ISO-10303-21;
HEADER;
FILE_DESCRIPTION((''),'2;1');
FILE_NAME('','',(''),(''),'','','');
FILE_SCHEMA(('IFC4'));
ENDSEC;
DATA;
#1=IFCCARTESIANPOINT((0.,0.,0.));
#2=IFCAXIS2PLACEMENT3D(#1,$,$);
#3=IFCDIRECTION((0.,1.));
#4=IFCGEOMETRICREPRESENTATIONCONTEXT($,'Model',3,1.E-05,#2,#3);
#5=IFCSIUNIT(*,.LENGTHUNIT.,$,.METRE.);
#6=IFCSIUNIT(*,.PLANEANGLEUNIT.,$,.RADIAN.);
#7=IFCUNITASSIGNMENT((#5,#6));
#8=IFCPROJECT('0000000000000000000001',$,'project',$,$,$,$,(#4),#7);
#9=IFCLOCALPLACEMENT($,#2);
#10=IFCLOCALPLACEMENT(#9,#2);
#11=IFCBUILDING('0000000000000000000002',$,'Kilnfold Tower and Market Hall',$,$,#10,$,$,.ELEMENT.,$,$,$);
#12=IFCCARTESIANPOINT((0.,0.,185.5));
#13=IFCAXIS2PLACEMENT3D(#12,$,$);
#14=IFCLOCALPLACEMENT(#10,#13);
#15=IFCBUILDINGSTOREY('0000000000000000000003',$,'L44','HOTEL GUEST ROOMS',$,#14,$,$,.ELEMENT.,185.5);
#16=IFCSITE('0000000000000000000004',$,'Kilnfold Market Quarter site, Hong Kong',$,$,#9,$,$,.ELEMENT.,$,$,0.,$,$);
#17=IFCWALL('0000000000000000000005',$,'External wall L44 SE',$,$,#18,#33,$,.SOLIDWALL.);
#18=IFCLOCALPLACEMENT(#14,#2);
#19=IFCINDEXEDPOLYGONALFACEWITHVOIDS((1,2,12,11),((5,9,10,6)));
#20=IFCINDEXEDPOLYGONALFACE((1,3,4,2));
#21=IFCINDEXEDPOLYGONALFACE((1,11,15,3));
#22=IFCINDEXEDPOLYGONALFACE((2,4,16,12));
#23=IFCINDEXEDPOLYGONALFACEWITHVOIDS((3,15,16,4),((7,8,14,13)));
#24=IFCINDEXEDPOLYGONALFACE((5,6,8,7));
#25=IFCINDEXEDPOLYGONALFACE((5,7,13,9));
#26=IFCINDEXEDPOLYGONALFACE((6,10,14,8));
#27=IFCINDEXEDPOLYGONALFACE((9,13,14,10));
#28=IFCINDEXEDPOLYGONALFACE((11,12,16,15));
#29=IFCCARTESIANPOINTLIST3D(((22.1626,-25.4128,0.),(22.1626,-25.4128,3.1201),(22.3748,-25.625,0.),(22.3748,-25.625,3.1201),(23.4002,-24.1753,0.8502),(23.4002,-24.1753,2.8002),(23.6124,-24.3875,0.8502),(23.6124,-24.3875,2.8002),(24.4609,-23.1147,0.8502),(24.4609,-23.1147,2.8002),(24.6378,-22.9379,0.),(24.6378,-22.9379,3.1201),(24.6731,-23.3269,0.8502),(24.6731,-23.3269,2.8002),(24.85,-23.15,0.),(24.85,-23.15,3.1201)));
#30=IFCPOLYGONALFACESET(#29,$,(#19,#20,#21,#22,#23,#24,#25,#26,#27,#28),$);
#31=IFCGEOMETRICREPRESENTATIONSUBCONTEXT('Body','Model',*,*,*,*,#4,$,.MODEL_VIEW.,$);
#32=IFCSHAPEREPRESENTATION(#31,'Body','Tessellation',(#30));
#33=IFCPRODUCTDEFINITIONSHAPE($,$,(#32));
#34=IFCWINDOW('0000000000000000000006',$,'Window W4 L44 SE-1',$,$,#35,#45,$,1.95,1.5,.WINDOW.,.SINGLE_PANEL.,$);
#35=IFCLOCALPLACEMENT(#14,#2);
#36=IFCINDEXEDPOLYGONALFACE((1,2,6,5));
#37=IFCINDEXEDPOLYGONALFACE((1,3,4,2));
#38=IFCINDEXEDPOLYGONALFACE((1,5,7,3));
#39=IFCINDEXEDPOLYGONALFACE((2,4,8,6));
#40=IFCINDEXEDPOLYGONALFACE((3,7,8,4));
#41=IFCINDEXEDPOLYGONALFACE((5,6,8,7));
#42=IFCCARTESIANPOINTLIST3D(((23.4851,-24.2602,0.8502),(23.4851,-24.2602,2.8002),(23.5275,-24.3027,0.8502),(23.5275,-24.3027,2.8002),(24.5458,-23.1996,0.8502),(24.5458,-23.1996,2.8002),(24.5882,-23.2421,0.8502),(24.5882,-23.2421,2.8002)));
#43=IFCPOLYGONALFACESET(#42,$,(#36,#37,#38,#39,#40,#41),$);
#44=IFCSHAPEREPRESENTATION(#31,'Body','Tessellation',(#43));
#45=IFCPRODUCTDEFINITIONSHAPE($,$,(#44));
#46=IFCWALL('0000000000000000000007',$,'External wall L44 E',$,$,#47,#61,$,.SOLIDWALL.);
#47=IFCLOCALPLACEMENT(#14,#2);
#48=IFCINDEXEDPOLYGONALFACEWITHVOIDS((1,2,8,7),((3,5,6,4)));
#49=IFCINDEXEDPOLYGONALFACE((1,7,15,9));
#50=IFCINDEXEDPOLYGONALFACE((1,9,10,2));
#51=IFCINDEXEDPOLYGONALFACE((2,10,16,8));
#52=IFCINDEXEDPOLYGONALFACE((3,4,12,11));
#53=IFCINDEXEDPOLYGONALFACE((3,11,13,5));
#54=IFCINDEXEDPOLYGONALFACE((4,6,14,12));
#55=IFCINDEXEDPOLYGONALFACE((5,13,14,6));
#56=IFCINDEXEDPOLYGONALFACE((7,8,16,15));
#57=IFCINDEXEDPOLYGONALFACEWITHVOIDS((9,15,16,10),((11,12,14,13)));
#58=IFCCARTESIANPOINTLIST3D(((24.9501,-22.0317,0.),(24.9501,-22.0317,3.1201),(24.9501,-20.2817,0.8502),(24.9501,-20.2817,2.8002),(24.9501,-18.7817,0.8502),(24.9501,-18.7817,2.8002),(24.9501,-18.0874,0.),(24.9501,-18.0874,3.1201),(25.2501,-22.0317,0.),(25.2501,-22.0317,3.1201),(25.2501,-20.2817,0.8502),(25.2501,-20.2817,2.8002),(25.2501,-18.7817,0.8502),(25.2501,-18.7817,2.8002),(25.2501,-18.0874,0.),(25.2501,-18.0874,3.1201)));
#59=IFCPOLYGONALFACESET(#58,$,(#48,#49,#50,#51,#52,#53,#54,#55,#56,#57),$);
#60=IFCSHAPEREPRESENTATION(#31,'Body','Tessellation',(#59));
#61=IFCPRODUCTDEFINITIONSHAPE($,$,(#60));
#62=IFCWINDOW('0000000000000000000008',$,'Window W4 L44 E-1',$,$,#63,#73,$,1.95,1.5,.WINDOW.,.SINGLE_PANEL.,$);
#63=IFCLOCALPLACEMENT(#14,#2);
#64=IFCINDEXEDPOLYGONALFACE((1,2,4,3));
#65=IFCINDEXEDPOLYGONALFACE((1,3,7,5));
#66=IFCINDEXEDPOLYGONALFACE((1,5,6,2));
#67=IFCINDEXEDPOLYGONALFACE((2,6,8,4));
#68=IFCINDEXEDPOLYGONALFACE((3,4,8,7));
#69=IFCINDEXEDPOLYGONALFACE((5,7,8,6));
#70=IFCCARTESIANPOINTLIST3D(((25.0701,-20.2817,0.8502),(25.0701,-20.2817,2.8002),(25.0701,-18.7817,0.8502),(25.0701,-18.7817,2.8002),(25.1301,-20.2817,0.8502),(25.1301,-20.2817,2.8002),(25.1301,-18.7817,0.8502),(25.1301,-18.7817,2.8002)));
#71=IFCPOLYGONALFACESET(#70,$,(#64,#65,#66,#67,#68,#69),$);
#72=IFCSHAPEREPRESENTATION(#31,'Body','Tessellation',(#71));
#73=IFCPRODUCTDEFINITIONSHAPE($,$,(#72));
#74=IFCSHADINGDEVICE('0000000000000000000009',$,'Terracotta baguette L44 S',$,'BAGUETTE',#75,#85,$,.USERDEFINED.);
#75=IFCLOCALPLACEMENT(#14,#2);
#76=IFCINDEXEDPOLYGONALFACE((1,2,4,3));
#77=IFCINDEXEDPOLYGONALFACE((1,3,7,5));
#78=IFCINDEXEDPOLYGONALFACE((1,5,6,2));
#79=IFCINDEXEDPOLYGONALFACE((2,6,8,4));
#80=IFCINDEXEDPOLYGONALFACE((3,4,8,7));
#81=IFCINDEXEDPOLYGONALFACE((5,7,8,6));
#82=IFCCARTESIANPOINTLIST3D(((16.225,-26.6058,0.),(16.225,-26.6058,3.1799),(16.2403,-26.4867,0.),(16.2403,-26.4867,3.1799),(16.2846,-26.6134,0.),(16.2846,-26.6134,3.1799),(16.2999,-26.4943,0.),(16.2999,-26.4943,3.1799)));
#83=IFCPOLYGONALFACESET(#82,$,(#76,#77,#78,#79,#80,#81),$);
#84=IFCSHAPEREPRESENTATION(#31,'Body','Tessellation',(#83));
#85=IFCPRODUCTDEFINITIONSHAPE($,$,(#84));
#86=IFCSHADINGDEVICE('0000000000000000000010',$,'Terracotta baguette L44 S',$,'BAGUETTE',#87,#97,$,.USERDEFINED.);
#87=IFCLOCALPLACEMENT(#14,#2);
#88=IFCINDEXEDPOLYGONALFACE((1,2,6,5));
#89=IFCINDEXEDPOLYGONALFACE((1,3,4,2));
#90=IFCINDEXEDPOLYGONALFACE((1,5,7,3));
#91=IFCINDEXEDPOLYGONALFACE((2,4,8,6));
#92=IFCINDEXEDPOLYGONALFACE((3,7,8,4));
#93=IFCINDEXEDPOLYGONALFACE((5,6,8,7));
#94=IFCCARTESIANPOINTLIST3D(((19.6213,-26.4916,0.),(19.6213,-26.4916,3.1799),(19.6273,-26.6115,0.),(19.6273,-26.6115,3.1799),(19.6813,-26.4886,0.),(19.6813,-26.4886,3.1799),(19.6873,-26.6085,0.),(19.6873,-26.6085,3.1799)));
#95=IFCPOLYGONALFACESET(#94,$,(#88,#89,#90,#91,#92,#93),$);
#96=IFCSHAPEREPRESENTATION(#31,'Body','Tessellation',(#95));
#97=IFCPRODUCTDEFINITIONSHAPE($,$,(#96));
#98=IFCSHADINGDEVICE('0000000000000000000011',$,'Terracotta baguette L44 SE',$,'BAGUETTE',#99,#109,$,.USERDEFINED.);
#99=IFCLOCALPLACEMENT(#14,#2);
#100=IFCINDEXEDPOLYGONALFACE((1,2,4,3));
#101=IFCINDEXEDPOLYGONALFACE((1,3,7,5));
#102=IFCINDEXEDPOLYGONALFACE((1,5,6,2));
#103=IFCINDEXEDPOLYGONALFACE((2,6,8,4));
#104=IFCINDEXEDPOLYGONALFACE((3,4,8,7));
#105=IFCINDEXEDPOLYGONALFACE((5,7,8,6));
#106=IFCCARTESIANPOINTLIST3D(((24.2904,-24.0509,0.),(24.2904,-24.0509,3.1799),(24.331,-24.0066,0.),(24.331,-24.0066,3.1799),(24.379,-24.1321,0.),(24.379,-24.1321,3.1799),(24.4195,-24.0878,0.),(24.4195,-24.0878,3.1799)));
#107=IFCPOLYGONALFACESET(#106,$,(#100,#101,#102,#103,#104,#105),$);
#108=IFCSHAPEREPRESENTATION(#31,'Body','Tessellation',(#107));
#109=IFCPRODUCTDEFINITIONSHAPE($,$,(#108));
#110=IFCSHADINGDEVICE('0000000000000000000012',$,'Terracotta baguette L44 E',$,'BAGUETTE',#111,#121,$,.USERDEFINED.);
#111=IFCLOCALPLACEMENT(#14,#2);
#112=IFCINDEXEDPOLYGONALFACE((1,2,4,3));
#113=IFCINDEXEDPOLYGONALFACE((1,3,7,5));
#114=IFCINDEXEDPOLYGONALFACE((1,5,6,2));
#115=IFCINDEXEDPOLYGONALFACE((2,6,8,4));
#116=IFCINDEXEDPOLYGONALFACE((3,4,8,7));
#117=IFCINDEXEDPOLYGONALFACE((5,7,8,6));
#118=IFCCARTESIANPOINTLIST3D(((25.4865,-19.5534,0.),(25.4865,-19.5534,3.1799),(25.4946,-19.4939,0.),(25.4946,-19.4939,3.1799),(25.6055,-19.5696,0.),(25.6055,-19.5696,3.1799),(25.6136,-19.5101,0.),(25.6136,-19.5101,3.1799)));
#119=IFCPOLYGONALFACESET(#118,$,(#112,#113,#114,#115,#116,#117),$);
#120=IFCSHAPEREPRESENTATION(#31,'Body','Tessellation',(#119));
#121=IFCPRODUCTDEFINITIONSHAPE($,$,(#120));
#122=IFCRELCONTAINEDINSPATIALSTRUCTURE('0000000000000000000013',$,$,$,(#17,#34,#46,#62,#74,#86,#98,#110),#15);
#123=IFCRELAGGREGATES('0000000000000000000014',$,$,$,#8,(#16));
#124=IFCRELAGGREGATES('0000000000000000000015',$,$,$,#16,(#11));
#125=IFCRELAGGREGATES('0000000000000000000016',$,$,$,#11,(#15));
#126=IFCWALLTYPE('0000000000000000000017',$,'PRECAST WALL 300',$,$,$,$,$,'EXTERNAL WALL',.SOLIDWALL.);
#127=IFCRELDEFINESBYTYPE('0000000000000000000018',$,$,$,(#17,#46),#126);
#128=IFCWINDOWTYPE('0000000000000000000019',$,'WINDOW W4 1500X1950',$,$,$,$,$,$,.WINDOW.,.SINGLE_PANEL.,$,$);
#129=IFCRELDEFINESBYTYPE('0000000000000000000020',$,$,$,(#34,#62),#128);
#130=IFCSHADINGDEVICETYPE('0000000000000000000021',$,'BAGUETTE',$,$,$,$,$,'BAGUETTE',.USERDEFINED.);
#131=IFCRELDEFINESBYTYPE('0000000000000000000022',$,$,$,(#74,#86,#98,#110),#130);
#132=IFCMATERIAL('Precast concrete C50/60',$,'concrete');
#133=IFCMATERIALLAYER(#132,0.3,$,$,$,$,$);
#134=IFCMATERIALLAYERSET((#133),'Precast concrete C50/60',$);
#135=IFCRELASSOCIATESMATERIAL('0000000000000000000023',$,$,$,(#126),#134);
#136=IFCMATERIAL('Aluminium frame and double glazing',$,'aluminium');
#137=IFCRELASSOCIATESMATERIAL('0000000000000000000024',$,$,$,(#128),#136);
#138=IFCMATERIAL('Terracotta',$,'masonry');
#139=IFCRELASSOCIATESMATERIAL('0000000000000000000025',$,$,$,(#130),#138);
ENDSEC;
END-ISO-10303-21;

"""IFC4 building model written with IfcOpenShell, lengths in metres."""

from ifc_helpers import new_model, si_unit, direction, frame, frame_2d, origin, origin_2d, place, context, subcontext, project, spatial, rectangle, extrude, source, transform, mapped, material, layer, layer_set, material_profile, profile_set, type_object, element, fill, save


model = new_model("IFC4")

# Units and contexts
model_context = context("Model", 3, precision=1e-05, world=origin(), true_north=direction((0.0, 1.0)))
body_context = subcontext(model_context, "Body", "Model", "MODEL_VIEW")
ifc_project = project(units=[si_unit("LENGTHUNIT", "METRE"), si_unit("PLANEANGLEUNIT", "RADIAN")], contexts=[model_context])

# Site, building, storey
site_placement = place(None, origin())
site = spatial("IfcSite", under=ifc_project, at=site_placement, Name="Kilnfold Market Quarter site, Hong Kong", CompositionType="ELEMENT", RefElevation=0.0)
building_placement = place(site_placement, origin())
building = spatial("IfcBuilding", under=site, at=building_placement, Name="Kilnfold Tower and Market Hall", CompositionType="ELEMENT")
storey_placement = place(building_placement, frame((0.0, 0.0, 185.5)))
storey = spatial("IfcBuildingStorey", under=building, at=storey_placement, Name="L44", Description="HOTEL GUEST ROOMS", CompositionType="ELEMENT", Elevation=185.5)

# Shared definitions
ifc_material_1 = material(Name="Precast concrete C50/60", Category="concrete")
ifc_layer_1 = layer(ifc_material_1, 0.3)
ifc_layer_set_1 = layer_set([ifc_layer_1], Name="Precast concrete C50/60")
wall_type_1 = type_object("IfcWallType", Name="PRECAST WALL 300", ElementType="EXTERNAL WALL", PredefinedType="SOLIDWALL", material=ifc_layer_set_1)
ifc_material_2 = material(Name="Aluminium frame and double glazing", Category="aluminium")
window_type = type_object("IfcWindowType", Name="WINDOW W4 1500X1950", PartitioningType="SINGLE_PANEL", PredefinedType="WINDOW", material=ifc_material_2)

# Walls, openings, windows
shared_shape_1 = source(origin(), body_context, "Body", "SweptSolid", [
    extrude(rectangle(XDim=3.5002, YDim=0.3, at=frame_2d((1.75, 0.0))), origin(), (0.0, 0.0, 1.0), 3.1201),
])
wall_1_placement = place(storey_placement, frame((22.2688, -25.5188, 0.0), z_axis=(0.0, 0.0, 1.0), x_axis=(0.707142, 0.707072, 0.0)))
wall_1 = element("IfcWall", 1, at=wall_1_placement, inside=storey, type_object=wall_type_1, Name="External wall L44 SE", PredefinedType="SOLIDWALL", context=body_context, shape_type="MappedRepresentation", body=[
    mapped(shared_shape_1, transform((0.0, 0.0, 0.0))),
])
opening_1_placement = place(wall_1_placement, frame((1.75, 0.0, 0.8501)))
opening_1 = element("IfcOpeningElement", 2, at=opening_1_placement, cuts=wall_1, PredefinedType="OPENING", context=body_context, shape_type="SweptSolid", body=[
    extrude(rectangle(XDim=1.5, YDim=1.95, at=frame_2d((0.75, 0.9751))), frame((0.0, 0.1602, 0.0), z_axis=(0.0, -1.0, 0.0), x_axis=(1.0, 0.0, 0.0)), (0.0, 0.0, 1.0), 0.3201),
])
window_1_placement = place(opening_1_placement, origin())
window_1 = element("IfcWindow", 3, at=window_1_placement, inside=storey, type_object=window_type, Name="Window W4 L44 SE-1", OverallHeight=1.95, OverallWidth=1.5, PartitioningType="SINGLE_PANEL", PredefinedType="WINDOW", context=body_context, shape_type="SweptSolid", body=[
    extrude(rectangle(XDim=1.5, YDim=1.95, at=frame_2d((0.75, 0.9751))), frame((0.0, 0.03, 0.0), z_axis=(0.0, -1.0, 0.0), x_axis=(1.0, 0.0, 0.0)), (0.0, 0.0, 1.0), 0.0601),
])
fill(opening_1, window_1)
shared_shape_2 = source(origin(), body_context, "Body", "SweptSolid", [
    extrude(rectangle(XDim=3.9443, YDim=0.3, at=frame_2d((1.9722, 0.0))), origin(), (0.0, 0.0, 1.0), 3.1201),
])
wall_2_placement = place(storey_placement, frame((25.1001, -22.0317, 0.0), z_axis=(0.0, 0.0, 1.0), x_axis=(0.0, 1.0, 0.0)))
wall_2 = element("IfcWall", 4, at=wall_2_placement, inside=storey, type_object=wall_type_1, Name="External wall L44 E", PredefinedType="SOLIDWALL", context=body_context, shape_type="MappedRepresentation", body=[
    mapped(shared_shape_2, transform((0.0, 0.0, 0.0))),
])
opening_2_placement = place(wall_2_placement, frame((1.75, 0.0, 0.8501)))
opening_2 = element("IfcOpeningElement", 5, at=opening_2_placement, cuts=wall_2, PredefinedType="OPENING", context=body_context, shape_type="SweptSolid", body=[
    extrude(rectangle(XDim=1.5, YDim=1.95, at=frame_2d((0.75, 0.9751))), frame((0.0, 0.1602, 0.0), z_axis=(0.0, -1.0, 0.0), x_axis=(1.0, 0.0, 0.0)), (0.0, 0.0, 1.0), 0.3201),
])
window_2_placement = place(opening_2_placement, origin())
window_2 = element("IfcWindow", 6, at=window_2_placement, inside=storey, type_object=window_type, Name="Window W4 L44 E-1", OverallHeight=1.95, OverallWidth=1.5, PartitioningType="SINGLE_PANEL", PredefinedType="WINDOW", context=body_context, shape_type="SweptSolid", body=[
    extrude(rectangle(XDim=1.5, YDim=1.95, at=frame_2d((0.75, 0.9751))), frame((0.0, 0.03, 0.0), z_axis=(0.0, -1.0, 0.0), x_axis=(1.0, 0.0, 0.0)), (0.0, 0.0, 1.0), 0.0601),
])
fill(opening_2, window_2)

# Shading devices
ifc_material_3 = material(Name="Terracotta", Category="masonry")
ifc_material_profile_1 = material_profile(ifc_material_3, rectangle(XDim=0.0601, YDim=0.1201, at=origin_2d()), Name="BAG 60x120")
ifc_profile_set_1 = profile_set([ifc_material_profile_1], Name="Terracotta")
shading_device_type = type_object("IfcShadingDeviceType", Name="BAGUETTE", ElementType="BAGUETTE", PredefinedType="USERDEFINED", material=ifc_profile_set_1)
shared_shape_3 = source(origin(), body_context, "Body", "SweptSolid", [
    extrude(rectangle(XDim=0.0601, YDim=0.1201, at=origin_2d()), origin(), (0.0, 0.0, 1.0), 3.1799),
])
for number, where, z_axis, x_axis, name in (
    (7, (16.2625, -26.55, 0.0), (0.0, 0.0, 1.0), (0.991847, -0.127432, 0.0), "Terracotta baguette L44 S"),
    (8, (19.6543, -26.55, 0.0), (0.0, 0.0, 1.0), (0.99875, 0.049986, 0.0), "Terracotta baguette L44 S"),
    (9, (24.355, -24.0693, 0.0), (0.0, 0.0, 1.0), (0.675769, 0.737113, 0.0), "Terracotta baguette L44 SE"),
    (10, (25.55, -19.5317, 0.0), (0.0, 0.0, 1.0), (0.134514, 0.990912, 0.0), "Terracotta baguette L44 E"),
):
    element("IfcShadingDevice", number, at=place(storey_placement, frame(where, z_axis=z_axis, x_axis=x_axis)), inside=storey, type_object=shading_device_type, Name=name, ObjectType="BAGUETTE", PredefinedType="USERDEFINED", context=body_context, shape_type="MappedRepresentation", body=[
        mapped(shared_shape_3, transform((0.0, 0.0, 0.0))),
    ])

save(model, "model.ifc")
